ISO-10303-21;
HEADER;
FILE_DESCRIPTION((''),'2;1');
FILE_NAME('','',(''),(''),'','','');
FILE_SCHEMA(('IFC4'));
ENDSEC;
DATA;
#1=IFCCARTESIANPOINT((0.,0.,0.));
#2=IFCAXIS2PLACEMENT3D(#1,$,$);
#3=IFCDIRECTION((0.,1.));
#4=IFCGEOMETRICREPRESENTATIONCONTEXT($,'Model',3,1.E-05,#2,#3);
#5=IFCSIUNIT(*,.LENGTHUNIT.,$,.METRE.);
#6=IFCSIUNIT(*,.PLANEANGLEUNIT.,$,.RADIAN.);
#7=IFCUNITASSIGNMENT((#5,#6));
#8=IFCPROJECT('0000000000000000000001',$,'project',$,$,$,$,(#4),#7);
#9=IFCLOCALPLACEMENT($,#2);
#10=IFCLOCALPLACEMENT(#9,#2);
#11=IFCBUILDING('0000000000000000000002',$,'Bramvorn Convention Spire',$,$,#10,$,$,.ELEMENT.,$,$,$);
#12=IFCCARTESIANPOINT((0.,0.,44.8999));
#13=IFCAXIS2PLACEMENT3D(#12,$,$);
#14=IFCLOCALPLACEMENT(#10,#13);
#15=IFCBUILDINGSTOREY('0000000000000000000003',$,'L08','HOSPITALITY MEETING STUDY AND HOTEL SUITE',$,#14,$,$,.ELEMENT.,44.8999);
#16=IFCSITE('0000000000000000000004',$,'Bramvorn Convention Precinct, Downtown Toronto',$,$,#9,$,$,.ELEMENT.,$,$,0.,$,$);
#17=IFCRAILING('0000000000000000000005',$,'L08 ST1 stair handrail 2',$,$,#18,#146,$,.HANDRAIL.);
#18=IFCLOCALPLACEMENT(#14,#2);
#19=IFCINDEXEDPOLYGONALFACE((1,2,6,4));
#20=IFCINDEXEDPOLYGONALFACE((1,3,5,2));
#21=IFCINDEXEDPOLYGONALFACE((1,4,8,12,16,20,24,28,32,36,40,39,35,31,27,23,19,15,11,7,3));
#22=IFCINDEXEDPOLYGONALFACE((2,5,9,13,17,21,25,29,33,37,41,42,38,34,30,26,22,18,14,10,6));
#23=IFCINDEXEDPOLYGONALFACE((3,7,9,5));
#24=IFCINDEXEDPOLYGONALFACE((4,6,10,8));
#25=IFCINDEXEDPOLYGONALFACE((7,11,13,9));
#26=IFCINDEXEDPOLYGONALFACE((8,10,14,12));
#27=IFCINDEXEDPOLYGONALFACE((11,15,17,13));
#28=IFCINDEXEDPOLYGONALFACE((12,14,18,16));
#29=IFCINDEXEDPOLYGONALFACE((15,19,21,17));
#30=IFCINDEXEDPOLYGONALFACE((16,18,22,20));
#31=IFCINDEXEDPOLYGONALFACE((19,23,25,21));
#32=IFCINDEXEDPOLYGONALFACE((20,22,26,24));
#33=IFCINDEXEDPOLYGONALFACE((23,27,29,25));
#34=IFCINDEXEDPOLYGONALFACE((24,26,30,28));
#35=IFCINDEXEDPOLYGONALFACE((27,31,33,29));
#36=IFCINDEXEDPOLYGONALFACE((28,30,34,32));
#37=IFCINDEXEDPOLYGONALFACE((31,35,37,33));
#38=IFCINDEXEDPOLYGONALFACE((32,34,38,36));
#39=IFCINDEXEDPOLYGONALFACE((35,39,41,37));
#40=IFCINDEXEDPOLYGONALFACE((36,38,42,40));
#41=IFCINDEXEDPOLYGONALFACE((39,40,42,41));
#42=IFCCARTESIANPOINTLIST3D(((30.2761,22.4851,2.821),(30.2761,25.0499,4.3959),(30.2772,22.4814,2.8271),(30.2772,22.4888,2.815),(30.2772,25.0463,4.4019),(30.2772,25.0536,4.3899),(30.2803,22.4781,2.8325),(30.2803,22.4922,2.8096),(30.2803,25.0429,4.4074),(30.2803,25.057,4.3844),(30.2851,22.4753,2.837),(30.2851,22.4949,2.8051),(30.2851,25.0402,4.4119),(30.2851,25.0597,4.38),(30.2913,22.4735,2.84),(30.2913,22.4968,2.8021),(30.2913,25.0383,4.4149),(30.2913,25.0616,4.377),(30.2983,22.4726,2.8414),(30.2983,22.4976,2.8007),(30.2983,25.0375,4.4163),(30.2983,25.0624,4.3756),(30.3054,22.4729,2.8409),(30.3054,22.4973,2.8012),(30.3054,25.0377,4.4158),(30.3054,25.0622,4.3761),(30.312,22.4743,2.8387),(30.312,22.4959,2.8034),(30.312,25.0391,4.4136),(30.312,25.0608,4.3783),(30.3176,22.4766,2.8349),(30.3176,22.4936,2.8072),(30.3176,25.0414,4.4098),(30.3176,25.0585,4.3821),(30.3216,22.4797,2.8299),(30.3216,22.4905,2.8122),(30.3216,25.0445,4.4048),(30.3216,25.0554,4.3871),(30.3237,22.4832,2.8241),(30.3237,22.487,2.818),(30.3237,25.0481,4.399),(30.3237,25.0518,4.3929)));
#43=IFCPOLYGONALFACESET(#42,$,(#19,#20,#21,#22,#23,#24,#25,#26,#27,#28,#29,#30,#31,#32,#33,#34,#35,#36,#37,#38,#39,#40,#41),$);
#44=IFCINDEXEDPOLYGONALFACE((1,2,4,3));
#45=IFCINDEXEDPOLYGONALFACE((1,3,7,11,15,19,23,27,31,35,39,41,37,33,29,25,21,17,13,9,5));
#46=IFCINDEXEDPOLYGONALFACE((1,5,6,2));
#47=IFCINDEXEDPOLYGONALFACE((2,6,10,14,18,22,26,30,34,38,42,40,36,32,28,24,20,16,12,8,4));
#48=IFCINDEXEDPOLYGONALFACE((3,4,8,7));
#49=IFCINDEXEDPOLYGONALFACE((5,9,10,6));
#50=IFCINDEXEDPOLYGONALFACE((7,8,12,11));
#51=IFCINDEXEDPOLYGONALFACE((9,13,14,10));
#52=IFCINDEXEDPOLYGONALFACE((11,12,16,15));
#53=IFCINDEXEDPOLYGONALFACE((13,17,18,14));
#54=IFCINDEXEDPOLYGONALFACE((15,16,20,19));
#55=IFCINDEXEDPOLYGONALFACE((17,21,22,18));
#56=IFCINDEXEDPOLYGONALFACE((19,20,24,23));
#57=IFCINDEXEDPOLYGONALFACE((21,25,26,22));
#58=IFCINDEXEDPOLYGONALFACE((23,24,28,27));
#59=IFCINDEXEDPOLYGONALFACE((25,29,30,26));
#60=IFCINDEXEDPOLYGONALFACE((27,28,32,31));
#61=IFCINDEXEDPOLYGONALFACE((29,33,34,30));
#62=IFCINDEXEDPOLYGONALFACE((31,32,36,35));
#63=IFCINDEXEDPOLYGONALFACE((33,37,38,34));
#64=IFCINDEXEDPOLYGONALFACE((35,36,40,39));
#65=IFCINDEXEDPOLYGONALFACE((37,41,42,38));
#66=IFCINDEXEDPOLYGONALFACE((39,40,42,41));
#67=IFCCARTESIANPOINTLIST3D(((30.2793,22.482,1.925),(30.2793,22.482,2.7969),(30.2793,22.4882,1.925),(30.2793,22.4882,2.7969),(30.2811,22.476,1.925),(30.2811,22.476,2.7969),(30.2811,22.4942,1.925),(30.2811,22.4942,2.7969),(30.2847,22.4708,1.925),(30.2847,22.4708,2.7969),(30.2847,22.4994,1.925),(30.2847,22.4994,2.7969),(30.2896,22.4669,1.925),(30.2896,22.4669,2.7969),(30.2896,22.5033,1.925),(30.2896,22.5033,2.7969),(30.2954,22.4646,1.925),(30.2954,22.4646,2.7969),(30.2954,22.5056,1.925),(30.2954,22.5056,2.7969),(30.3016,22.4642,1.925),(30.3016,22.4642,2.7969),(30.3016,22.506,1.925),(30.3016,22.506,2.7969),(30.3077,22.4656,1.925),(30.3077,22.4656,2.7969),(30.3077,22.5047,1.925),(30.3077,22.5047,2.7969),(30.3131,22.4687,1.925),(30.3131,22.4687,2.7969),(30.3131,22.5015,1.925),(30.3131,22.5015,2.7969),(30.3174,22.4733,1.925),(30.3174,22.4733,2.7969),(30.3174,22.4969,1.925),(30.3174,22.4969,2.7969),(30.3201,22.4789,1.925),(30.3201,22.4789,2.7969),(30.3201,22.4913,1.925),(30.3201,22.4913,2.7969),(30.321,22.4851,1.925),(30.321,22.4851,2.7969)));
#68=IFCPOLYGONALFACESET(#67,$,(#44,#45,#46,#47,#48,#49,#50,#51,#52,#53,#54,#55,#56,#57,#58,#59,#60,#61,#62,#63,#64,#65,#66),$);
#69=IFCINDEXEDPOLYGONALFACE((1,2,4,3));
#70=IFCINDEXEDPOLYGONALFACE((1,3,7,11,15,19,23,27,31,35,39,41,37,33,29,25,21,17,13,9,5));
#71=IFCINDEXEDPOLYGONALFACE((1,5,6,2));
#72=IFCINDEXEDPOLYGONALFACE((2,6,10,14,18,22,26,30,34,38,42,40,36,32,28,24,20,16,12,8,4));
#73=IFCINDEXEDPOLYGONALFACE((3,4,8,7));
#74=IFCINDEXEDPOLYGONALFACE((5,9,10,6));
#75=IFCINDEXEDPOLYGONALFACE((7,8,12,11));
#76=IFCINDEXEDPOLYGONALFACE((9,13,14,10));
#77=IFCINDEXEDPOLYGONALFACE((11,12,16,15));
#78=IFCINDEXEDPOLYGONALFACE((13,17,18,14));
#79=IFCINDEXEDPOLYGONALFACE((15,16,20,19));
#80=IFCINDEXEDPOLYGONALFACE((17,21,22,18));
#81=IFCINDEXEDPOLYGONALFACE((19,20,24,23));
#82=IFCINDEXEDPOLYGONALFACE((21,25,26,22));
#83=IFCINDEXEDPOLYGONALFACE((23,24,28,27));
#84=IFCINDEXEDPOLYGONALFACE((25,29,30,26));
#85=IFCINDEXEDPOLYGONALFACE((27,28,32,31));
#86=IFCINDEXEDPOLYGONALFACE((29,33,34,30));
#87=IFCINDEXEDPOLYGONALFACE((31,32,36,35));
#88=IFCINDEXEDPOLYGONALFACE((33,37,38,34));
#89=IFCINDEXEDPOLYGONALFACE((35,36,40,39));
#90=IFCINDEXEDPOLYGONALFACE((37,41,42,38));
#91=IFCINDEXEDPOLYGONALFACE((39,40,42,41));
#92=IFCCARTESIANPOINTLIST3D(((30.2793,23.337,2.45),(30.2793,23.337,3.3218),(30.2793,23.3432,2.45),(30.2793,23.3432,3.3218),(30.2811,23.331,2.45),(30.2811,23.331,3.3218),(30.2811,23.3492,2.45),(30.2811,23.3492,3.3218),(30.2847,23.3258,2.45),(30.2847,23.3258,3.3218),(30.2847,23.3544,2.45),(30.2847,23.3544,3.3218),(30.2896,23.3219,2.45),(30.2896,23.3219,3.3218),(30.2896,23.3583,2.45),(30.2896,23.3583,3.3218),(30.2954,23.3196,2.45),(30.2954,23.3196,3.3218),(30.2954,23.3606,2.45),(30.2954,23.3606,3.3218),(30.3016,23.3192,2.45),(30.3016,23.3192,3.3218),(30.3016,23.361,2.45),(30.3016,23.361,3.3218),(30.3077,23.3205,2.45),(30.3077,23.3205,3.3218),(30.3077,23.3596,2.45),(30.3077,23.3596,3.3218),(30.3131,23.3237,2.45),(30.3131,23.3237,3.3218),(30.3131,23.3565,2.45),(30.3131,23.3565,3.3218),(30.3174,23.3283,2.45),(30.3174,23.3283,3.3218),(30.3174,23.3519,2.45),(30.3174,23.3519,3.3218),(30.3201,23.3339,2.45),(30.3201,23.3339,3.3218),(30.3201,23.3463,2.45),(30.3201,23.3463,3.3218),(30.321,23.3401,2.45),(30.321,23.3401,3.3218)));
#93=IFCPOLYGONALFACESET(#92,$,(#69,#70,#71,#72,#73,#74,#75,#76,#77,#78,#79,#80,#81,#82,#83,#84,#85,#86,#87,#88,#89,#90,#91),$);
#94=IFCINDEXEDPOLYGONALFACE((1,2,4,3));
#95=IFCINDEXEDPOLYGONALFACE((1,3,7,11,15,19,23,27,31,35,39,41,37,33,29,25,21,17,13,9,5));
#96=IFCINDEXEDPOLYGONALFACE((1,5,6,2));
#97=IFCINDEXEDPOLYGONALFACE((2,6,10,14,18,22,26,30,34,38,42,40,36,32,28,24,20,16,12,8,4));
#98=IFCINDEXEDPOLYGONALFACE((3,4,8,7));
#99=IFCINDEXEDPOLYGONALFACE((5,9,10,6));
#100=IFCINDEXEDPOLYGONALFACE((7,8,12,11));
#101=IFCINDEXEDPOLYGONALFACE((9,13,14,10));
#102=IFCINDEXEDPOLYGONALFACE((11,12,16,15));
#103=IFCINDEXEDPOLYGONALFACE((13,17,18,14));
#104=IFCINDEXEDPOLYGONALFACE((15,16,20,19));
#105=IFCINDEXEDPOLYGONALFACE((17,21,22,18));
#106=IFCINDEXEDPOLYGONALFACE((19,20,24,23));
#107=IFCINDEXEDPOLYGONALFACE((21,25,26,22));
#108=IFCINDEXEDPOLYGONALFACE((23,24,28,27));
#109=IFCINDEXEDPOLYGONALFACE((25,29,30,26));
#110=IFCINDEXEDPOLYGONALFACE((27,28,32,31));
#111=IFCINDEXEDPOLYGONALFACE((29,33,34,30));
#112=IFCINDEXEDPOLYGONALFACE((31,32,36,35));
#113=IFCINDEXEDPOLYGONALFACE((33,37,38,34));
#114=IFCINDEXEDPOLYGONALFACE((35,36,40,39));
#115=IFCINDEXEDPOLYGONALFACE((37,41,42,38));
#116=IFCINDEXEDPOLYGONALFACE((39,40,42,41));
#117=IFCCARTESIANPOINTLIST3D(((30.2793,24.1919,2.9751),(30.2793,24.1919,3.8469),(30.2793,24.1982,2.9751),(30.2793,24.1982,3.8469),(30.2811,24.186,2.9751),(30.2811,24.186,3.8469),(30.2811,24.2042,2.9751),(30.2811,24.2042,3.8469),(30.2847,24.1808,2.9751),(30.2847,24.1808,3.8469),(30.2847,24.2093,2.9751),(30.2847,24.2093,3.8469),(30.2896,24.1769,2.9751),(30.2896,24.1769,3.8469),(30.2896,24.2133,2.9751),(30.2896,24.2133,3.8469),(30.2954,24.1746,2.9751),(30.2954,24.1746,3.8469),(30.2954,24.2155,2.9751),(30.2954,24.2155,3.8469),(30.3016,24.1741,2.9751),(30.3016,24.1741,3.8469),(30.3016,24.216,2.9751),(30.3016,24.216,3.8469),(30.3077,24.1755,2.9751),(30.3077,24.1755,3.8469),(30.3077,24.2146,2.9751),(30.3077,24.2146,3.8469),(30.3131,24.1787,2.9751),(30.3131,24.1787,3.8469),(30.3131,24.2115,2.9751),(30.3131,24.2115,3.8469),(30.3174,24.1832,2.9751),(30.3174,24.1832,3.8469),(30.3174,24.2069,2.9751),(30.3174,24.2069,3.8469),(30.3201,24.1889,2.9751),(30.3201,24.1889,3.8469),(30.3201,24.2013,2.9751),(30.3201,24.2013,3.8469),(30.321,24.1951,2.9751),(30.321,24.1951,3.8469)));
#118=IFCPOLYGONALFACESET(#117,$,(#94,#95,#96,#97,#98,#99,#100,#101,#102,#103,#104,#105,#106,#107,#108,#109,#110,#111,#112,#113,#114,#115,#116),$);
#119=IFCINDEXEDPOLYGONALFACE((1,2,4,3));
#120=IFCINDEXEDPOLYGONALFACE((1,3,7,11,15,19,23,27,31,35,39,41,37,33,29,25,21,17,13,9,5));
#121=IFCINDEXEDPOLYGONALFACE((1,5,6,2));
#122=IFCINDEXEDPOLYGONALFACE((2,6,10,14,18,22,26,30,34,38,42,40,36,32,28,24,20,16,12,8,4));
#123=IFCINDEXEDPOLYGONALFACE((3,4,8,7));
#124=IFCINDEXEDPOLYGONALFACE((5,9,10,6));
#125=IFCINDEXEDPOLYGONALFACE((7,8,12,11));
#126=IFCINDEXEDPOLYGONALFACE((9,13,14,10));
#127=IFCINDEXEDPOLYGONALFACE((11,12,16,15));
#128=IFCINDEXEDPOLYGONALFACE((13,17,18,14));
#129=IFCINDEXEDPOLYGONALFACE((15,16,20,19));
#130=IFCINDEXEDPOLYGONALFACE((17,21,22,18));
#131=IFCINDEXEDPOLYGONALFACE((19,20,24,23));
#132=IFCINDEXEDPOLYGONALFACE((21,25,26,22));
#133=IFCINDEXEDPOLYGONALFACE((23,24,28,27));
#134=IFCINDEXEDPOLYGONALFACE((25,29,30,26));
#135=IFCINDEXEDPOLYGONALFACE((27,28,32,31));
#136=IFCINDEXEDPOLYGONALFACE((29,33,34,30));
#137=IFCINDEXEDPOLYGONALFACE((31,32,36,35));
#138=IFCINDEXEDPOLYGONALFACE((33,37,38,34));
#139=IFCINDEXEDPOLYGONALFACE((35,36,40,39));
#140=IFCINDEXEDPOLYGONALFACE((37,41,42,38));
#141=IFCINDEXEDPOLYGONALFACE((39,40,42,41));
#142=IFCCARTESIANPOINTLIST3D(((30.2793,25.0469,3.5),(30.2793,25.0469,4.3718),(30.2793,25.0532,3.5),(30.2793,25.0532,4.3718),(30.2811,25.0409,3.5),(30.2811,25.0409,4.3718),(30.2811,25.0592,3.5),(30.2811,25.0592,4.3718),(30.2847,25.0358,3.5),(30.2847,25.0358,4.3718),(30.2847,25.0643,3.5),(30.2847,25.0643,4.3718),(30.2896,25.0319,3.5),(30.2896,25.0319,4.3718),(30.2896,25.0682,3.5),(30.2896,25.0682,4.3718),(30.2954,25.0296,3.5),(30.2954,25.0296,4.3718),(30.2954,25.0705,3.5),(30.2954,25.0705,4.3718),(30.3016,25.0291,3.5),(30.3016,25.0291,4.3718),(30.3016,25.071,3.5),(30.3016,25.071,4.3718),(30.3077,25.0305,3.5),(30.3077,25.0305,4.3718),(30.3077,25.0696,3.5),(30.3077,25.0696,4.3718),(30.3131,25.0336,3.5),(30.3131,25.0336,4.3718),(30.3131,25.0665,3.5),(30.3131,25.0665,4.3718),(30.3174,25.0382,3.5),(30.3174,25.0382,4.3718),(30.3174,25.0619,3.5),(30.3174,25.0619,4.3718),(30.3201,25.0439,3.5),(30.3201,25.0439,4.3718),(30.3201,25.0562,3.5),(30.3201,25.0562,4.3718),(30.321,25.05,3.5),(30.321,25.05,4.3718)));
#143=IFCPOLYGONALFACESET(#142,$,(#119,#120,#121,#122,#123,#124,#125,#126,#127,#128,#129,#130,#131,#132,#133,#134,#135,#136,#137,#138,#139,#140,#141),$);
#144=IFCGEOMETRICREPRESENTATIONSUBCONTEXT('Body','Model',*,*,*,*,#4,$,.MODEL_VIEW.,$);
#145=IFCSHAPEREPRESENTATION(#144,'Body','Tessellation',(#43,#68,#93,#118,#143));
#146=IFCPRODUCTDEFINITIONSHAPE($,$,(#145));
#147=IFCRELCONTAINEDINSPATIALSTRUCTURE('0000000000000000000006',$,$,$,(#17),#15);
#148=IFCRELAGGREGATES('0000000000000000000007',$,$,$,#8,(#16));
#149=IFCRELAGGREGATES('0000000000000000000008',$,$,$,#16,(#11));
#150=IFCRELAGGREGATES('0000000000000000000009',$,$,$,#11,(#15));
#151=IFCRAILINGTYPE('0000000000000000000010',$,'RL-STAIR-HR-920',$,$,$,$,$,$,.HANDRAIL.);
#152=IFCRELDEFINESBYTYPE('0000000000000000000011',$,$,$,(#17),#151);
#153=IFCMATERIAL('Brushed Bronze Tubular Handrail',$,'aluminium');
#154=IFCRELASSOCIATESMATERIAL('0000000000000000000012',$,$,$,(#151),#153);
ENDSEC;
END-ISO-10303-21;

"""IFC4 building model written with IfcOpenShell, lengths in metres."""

from ifc_helpers import new_model, si_unit, direction, frame, origin, origin_2d, place, context, subcontext, project, spatial, circle, extrude, material, type_object, element, save


model = new_model("IFC4")

# Units and contexts
model_context = context("Model", 3, precision=1e-05, world=origin(), true_north=direction((0.0, 1.0)))
body_context = subcontext(model_context, "Body", "Model", "MODEL_VIEW")
ifc_project = project(units=[si_unit("LENGTHUNIT", "METRE"), si_unit("PLANEANGLEUNIT", "RADIAN")], contexts=[model_context])

# Site, building, storey
site_placement = place(None, origin())
site = spatial("IfcSite", under=ifc_project, at=site_placement, Name="Bramvorn Convention Precinct, Downtown Toronto", CompositionType="ELEMENT", RefElevation=0.0)
building_placement = place(site_placement, origin())
building = spatial("IfcBuilding", under=site, at=building_placement, Name="Bramvorn Convention Spire", CompositionType="ELEMENT")
storey_placement = place(building_placement, frame((0.0, 0.0, 44.8999)))
storey = spatial("IfcBuildingStorey", under=building, at=storey_placement, Name="L08", Description="HOSPITALITY MEETING STUDY AND HOTEL SUITE", CompositionType="ELEMENT", Elevation=44.8999)

# Railing
ifc_material_1 = material(Name="Brushed Bronze Tubular Handrail", Category="aluminium")
railing_type_1 = type_object("IfcRailingType", Name="RL-STAIR-HR-920", PredefinedType="HANDRAIL", material=ifc_material_1)
railing_1_placement = place(storey_placement, frame((30.3, 22.4851, 1.925)))
element("IfcRailing", 1, at=railing_1_placement, inside=storey, type_object=railing_type_1, Name="L08 ST1 stair handrail 2", PredefinedType="HANDRAIL", context=body_context, shape_type="SweptSolid", body=[
    extrude(circle(Radius=0.0239, at=origin_2d()), frame((0.0, 0.0, 0.896), z_axis=(0.0, 0.852173, 0.52326), x_axis=(-1.0, 0.0, 0.0)), (0.0, 0.0, 1.0), 3.0098),
    extrude(circle(Radius=0.021, at=origin_2d()), origin(), (0.0, 0.0, 1.0), 0.8718),
    extrude(circle(Radius=0.021, at=origin_2d()), frame((0.0, 0.855, 0.5249)), (0.0, 0.0, 1.0), 0.8718),
    extrude(circle(Radius=0.021, at=origin_2d()), frame((0.0, 1.71, 1.05)), (0.0, 0.0, 1.0), 0.8718),
    extrude(circle(Radius=0.021, at=origin_2d()), frame((0.0, 2.5649, 1.575)), (0.0, 0.0, 1.0), 0.8718),
])

save(model, "model.ifc")
